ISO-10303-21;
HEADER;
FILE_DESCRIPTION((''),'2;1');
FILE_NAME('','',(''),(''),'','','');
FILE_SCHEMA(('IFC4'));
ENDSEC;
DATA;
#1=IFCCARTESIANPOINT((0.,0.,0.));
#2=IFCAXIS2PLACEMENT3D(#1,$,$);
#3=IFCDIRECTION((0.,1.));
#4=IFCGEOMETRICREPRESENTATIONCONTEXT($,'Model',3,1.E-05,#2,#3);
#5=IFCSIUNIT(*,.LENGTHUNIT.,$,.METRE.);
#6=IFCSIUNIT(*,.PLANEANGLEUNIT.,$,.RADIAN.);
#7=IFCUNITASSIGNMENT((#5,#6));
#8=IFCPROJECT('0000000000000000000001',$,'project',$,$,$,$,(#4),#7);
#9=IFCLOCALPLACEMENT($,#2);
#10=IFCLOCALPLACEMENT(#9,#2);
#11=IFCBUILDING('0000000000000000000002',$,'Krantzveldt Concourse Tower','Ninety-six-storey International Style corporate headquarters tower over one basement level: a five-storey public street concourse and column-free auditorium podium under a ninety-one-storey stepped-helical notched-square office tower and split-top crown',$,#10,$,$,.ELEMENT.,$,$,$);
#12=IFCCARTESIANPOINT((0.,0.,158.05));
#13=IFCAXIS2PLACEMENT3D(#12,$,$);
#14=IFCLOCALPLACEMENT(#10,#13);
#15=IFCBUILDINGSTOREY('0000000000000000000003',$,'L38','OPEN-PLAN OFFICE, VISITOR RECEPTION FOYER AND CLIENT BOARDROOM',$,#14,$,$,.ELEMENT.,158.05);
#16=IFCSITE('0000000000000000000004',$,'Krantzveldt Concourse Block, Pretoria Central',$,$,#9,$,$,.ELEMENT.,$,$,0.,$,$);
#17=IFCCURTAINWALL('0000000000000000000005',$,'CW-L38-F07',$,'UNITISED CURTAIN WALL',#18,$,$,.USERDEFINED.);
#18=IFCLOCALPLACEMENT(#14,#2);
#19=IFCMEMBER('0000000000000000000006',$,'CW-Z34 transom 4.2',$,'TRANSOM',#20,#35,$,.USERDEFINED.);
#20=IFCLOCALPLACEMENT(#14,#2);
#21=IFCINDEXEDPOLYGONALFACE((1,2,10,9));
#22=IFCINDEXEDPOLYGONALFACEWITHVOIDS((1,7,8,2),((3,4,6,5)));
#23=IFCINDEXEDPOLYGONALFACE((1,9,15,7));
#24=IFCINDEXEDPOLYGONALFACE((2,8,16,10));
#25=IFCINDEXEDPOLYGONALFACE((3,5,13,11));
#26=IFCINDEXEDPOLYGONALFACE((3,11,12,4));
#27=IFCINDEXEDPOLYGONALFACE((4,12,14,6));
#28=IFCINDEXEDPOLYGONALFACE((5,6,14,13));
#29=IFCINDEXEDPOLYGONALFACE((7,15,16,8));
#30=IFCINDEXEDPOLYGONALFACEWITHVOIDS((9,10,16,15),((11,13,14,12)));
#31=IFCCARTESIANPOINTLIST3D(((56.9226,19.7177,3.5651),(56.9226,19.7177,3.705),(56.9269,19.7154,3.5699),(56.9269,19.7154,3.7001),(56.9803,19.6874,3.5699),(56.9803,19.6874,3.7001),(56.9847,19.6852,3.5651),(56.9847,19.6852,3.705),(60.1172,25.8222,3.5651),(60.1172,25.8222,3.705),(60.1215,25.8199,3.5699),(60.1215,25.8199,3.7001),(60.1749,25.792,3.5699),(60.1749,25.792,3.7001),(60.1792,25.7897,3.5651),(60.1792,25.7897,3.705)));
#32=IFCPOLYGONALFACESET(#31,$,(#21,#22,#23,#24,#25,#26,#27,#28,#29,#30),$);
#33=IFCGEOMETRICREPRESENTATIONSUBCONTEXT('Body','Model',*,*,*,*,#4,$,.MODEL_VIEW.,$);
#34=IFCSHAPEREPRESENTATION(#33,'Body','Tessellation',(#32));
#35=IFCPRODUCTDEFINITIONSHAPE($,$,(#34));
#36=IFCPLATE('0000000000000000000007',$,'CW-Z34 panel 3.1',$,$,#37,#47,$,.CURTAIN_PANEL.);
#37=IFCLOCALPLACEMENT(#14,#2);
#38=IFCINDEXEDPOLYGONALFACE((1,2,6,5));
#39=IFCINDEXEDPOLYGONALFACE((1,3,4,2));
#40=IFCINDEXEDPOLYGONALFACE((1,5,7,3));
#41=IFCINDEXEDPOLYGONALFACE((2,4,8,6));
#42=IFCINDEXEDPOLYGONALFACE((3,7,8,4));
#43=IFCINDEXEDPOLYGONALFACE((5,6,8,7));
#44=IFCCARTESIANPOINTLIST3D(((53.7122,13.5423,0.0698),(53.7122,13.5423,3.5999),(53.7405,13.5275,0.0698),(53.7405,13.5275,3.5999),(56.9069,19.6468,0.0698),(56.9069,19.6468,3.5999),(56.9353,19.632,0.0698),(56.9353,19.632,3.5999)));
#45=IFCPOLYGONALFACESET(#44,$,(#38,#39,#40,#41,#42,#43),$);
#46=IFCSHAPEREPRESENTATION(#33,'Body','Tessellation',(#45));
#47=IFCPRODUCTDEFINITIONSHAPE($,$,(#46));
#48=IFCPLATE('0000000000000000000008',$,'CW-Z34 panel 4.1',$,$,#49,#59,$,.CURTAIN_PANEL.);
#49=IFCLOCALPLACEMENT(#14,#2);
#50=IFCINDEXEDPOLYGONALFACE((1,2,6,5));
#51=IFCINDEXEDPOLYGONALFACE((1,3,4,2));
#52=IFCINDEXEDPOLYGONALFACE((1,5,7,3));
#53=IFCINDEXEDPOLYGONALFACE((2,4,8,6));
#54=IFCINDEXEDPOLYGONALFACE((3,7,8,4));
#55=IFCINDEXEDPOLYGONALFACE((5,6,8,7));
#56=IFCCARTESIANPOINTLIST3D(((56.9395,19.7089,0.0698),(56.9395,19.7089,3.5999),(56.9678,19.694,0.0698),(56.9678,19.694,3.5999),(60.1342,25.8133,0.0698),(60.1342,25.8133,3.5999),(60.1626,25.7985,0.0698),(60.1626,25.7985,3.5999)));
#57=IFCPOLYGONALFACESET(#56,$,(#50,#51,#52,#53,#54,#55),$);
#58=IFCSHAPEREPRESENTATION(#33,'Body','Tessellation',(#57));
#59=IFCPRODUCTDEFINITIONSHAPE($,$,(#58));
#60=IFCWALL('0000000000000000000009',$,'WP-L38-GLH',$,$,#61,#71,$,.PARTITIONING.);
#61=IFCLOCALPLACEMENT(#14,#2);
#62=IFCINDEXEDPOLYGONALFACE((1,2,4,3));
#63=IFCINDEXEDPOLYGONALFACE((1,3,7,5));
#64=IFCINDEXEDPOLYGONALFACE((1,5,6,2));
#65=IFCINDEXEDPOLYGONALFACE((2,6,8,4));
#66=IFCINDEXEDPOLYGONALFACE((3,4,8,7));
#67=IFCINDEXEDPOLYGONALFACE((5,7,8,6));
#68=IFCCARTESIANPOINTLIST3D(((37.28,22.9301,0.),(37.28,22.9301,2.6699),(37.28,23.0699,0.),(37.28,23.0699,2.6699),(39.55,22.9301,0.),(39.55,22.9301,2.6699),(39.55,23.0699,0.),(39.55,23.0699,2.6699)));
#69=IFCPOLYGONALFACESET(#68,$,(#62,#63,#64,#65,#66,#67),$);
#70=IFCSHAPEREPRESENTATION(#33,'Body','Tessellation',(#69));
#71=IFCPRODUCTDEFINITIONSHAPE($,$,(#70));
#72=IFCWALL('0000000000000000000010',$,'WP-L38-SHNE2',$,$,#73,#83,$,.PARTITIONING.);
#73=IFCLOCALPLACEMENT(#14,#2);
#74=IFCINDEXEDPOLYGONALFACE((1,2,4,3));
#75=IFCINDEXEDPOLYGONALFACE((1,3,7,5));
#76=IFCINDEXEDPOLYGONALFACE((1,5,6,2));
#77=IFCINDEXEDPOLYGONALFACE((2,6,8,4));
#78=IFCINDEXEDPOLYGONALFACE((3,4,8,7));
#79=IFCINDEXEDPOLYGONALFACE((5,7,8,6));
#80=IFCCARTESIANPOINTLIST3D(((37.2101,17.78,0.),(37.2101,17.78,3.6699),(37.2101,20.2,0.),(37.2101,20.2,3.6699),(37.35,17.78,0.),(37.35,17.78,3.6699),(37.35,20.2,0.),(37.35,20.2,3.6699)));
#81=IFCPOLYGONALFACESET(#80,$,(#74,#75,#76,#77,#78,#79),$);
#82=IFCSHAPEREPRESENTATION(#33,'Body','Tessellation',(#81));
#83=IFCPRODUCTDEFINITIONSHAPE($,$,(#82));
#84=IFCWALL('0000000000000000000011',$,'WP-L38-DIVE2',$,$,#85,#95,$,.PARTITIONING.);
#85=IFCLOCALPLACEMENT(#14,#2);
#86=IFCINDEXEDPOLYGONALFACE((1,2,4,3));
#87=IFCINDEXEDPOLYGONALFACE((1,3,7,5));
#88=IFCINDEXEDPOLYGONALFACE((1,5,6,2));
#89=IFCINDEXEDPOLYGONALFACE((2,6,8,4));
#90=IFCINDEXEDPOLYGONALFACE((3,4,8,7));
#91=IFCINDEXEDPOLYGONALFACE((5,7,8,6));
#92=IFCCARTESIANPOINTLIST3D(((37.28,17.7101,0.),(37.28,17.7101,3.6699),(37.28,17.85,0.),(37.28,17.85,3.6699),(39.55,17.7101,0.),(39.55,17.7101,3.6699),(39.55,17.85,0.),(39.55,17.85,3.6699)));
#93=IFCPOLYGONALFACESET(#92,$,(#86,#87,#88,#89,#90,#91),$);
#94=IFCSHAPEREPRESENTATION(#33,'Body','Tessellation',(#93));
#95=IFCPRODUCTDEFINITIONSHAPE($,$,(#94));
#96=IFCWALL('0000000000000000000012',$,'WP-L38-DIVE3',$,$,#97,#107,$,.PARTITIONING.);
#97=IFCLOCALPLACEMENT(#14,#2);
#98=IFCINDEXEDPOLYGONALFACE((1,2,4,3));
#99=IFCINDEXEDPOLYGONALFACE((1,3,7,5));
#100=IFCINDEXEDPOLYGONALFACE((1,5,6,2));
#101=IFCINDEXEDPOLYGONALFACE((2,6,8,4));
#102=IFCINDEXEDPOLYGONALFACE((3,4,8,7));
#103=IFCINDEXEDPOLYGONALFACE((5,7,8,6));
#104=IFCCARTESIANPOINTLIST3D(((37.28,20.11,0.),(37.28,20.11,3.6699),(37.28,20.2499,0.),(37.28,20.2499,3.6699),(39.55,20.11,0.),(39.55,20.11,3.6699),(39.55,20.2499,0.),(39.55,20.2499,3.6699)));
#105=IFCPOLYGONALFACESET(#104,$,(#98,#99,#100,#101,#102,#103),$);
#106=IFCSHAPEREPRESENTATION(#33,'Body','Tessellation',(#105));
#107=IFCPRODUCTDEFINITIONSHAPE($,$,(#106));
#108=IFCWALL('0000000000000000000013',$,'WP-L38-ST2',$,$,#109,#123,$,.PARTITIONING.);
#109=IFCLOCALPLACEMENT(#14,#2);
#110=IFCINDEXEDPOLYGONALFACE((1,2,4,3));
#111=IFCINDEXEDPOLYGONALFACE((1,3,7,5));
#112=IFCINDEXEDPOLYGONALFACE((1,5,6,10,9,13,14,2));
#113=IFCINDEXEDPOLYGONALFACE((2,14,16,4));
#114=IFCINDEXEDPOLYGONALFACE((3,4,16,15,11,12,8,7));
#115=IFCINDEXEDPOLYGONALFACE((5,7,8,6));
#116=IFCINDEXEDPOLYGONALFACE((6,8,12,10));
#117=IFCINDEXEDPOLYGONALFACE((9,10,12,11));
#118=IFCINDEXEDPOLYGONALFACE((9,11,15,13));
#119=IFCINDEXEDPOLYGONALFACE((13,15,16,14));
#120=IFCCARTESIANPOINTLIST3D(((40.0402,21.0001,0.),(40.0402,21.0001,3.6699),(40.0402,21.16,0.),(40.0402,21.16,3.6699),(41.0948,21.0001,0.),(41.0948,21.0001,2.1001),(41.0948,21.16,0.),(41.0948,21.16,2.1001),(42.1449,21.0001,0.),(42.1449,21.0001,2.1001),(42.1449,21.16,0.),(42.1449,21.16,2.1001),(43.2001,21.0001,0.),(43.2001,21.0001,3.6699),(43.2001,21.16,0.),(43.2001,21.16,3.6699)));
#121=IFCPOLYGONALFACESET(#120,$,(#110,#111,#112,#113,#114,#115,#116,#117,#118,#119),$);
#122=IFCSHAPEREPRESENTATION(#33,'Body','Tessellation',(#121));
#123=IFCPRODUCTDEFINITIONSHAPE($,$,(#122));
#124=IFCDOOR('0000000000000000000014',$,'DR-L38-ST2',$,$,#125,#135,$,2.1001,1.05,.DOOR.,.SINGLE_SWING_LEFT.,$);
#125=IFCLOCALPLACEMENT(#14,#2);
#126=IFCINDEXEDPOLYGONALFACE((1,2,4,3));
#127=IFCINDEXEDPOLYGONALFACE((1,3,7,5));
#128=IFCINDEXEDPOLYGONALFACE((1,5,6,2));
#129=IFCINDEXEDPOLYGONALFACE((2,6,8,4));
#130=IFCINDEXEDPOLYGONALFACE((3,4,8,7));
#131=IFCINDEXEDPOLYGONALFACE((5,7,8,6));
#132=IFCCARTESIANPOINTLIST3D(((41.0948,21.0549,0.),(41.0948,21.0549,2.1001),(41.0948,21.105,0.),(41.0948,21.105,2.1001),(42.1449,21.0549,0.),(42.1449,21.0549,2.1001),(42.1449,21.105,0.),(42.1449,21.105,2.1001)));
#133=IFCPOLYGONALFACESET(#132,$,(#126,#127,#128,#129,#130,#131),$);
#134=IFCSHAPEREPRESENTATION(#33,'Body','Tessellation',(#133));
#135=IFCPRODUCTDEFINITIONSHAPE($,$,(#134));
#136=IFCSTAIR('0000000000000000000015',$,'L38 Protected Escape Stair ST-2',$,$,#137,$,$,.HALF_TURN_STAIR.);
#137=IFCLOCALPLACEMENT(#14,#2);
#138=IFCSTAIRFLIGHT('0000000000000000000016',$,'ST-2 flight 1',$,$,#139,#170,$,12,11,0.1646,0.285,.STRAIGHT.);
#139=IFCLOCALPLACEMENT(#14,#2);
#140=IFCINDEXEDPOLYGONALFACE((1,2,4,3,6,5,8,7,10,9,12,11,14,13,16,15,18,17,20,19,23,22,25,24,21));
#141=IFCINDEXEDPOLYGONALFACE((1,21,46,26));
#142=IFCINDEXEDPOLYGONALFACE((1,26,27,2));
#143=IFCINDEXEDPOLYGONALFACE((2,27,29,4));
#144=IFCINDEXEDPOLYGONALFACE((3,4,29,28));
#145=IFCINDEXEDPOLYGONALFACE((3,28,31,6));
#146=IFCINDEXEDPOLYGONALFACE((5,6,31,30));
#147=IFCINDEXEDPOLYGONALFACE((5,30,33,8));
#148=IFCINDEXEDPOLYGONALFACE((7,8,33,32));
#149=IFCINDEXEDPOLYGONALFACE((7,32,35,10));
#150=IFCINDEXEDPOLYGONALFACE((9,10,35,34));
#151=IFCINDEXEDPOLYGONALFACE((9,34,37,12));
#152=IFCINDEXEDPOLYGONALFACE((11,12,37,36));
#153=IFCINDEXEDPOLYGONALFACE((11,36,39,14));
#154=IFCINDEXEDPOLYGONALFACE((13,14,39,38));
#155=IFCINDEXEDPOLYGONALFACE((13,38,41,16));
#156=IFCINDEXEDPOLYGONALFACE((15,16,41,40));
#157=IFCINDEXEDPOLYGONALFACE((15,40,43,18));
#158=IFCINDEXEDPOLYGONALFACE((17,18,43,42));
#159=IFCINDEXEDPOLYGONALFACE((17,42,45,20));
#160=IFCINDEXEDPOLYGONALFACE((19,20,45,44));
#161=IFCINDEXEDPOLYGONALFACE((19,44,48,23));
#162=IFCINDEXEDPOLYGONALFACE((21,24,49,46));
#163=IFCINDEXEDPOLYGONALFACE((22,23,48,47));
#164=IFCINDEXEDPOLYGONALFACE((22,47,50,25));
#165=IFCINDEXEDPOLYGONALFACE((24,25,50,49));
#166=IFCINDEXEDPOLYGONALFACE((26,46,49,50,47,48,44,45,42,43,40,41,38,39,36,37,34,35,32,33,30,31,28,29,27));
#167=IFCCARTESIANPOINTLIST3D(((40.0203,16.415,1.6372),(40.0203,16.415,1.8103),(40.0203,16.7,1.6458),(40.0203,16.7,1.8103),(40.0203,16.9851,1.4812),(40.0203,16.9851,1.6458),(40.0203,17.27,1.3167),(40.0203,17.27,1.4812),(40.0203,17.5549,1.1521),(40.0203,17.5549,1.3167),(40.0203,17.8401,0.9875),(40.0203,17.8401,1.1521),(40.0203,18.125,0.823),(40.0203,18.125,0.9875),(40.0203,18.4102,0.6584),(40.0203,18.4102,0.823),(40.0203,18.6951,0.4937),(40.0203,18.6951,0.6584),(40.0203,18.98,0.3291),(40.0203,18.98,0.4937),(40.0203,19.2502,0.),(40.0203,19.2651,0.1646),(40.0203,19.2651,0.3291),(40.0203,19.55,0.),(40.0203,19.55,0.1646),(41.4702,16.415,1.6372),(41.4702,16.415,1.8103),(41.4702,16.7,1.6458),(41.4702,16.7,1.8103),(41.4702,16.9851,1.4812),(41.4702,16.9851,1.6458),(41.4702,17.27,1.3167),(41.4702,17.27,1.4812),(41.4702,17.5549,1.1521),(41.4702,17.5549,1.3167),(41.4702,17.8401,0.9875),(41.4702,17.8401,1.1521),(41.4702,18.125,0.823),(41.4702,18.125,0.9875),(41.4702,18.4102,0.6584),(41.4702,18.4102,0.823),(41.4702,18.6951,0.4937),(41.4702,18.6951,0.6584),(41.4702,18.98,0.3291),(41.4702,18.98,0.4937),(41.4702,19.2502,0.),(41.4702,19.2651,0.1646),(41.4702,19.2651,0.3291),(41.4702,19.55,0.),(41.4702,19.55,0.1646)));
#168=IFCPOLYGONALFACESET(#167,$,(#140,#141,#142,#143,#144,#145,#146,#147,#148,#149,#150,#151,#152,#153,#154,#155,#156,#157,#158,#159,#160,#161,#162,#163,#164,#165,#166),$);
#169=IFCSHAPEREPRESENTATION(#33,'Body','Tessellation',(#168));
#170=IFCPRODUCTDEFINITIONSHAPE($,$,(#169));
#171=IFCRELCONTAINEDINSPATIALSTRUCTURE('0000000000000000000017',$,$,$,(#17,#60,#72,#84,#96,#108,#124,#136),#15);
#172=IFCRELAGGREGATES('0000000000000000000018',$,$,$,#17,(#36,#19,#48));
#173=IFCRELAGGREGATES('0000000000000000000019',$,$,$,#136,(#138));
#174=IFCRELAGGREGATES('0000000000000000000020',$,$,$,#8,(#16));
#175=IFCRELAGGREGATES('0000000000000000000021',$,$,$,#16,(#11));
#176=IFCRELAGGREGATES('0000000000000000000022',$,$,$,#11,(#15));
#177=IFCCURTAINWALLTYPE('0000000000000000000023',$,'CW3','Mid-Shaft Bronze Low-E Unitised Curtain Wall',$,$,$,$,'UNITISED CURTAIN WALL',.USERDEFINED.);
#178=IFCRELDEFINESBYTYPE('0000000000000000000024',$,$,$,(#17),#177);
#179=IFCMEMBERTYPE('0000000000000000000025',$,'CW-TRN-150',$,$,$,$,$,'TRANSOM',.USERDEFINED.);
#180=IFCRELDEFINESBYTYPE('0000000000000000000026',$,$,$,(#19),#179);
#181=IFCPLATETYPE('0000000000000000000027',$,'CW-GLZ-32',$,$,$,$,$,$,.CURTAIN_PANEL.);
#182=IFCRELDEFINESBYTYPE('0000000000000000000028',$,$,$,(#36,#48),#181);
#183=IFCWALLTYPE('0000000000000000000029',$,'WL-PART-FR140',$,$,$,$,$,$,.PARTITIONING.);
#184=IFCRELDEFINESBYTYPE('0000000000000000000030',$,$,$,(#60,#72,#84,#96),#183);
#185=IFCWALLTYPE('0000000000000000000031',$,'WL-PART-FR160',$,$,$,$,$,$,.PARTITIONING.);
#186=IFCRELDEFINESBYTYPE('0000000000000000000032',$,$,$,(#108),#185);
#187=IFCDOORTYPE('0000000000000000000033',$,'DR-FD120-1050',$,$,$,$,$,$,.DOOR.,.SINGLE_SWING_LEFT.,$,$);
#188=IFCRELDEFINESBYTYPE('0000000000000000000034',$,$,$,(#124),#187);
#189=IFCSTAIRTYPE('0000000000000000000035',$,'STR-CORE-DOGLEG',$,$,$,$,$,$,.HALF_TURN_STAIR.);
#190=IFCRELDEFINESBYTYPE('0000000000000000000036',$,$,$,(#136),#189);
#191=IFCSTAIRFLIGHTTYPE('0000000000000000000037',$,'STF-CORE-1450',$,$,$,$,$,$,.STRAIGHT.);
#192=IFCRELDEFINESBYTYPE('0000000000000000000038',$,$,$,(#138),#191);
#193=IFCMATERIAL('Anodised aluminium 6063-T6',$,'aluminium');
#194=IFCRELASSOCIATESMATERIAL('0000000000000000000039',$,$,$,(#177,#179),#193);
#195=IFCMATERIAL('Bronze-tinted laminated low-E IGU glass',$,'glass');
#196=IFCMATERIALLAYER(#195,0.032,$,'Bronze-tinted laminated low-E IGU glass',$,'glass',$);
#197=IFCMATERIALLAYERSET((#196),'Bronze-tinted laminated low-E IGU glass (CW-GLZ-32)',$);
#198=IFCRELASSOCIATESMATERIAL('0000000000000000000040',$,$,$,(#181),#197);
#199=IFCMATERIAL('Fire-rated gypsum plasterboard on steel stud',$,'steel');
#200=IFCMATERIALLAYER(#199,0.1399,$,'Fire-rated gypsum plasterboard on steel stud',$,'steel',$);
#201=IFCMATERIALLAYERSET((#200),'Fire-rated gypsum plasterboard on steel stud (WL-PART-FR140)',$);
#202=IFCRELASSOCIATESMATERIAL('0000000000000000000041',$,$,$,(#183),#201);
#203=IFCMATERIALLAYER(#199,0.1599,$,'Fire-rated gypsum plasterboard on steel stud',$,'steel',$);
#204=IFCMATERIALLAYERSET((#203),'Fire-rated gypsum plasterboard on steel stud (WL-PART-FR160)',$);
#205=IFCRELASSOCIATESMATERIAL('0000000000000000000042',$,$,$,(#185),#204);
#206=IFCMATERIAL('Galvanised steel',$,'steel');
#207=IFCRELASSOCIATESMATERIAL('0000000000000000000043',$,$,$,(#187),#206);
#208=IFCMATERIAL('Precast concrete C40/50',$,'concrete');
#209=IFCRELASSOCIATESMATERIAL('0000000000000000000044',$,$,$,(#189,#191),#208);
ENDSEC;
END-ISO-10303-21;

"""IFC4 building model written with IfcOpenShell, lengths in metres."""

from ifc_helpers import new_model, si_unit, direction, frame, frame_2d, origin, origin_2d, place, context, subcontext, project, spatial, polyline, rectangle, hollow_rectangle, outline, extrude, source, transform, mapped, material, layer, layer_set, material_profile, profile_set, type_object, type_shapes, element, fill, aggregate, save


model = new_model("IFC4")

# Units and contexts
model_context = context("Model", 3, precision=1e-05, world=origin(), true_north=direction((0.0, 1.0)))
body_context = subcontext(model_context, "Body", "Model", "MODEL_VIEW")
ifc_project = project(units=[si_unit("LENGTHUNIT", "METRE"), si_unit("PLANEANGLEUNIT", "RADIAN")], contexts=[model_context])

# Site, building, storey
site_placement = place(None, origin())
site = spatial("IfcSite", under=ifc_project, at=site_placement, Name="Krantzveldt Concourse Block, Pretoria Central", CompositionType="ELEMENT", RefElevation=0.0)
building_placement = place(site_placement, origin())
building = spatial("IfcBuilding", under=site, at=building_placement, Name="Krantzveldt Concourse Tower", Description="Ninety-six-storey International Style corporate headquarters tower over one basement level: a five-storey public street concourse and column-free auditorium podium under a ninety-one-storey stepped-helical notched-square office tower and split-top crown", CompositionType="ELEMENT")
storey_placement = place(building_placement, frame((0.0, 0.0, 158.05)))
storey = spatial("IfcBuildingStorey", under=building, at=storey_placement, Name="L38", Description="OPEN-PLAN OFFICE, VISITOR RECEPTION FOYER AND CLIENT BOARDROOM", CompositionType="ELEMENT", Elevation=158.05)

# Curtain wall, member, plates
ifc_material_1 = material(Name="Anodised aluminium 6063-T6", Category="aluminium")
curtain_wall_type = type_object("IfcCurtainWallType", Name="CW3", Description="Mid-Shaft Bronze Low-E Unitised Curtain Wall", ElementType="UNITISED CURTAIN WALL", PredefinedType="USERDEFINED", material=ifc_material_1)
curtain_wall_placement = place(storey_placement, origin())
curtain_wall = element("IfcCurtainWall", 1, at=curtain_wall_placement, inside=storey, type_object=curtain_wall_type, Name="CW-L38-F07", ObjectType="UNITISED CURTAIN WALL", PredefinedType="USERDEFINED")
ifc_material_profile_1 = material_profile(ifc_material_1, hollow_rectangle(XDim=0.0701, YDim=0.1399, WallThickness=0.0049, at=origin_2d()), Name="Anodised aluminium 6063-T6", Category="aluminium")
ifc_profile_set_1 = profile_set([ifc_material_profile_1], Name="Anodised aluminium 6063-T6 - ALU-TRAN 140x70x5")
member_type_1 = type_object("IfcMemberType", Name="CW-TRN-150", ElementType="TRANSOM", PredefinedType="USERDEFINED", material=ifc_profile_set_1)
shared_shape_1 = source(origin(), body_context, "Body", "SweptSolid", [
    extrude(hollow_rectangle(XDim=0.0701, YDim=0.1399, WallThickness=0.0049, at=origin_2d()), origin(), (0.0, 0.0, 1.0), 6.8899),
])
member_1_placement = place(storey_placement, frame((56.9536, 19.7014, 3.635), z_axis=(0.463664, 0.886011, 0.0), x_axis=(-0.886011, 0.463664, 0.0)))
member_1 = element("IfcMember", 2, at=member_1_placement, type_object=member_type_1, Name="CW-Z34 transom 4.2", ObjectType="TRANSOM", PredefinedType="USERDEFINED", context=body_context, shape_type="MappedRepresentation", body=[
    mapped(shared_shape_1, transform((0.0, 0.0, 0.0), x_axis=(1.0, 0.0, 0.0), y_axis=(0.0, 1.0, 0.0), z_axis=(0.0, 0.0, 1.0), scale=1.0)),
])
ifc_material_2 = material(Name="Bronze-tinted laminated low-E IGU glass", Category="glass")
ifc_layer_1 = layer(ifc_material_2, 0.032, Name="Bronze-tinted laminated low-E IGU glass", Category="glass")
ifc_layer_set_1 = layer_set([ifc_layer_1], Name="Bronze-tinted laminated low-E IGU glass (CW-GLZ-32)")
plate_type = type_object("IfcPlateType", Name="CW-GLZ-32", PredefinedType="CURTAIN_PANEL", material=ifc_layer_set_1)
shared_shape_2 = source(origin(), body_context, "Body", "SweptSolid", [
    extrude(rectangle(XDim=6.8899, YDim=0.032, at=origin_2d()), origin(), (0.0, 0.0, 1.0), 3.53),
])
type_shapes(plate_type, [shared_shape_2])
plate_1_placement = place(storey_placement, frame((55.3237, 16.5872, 0.0698), z_axis=(0.0, 0.0, 1.0), x_axis=(0.463683, 0.886001, 0.0)))
plate_1 = element("IfcPlate", 3, at=plate_1_placement, type_object=plate_type, Name="CW-Z34 panel 3.1", PredefinedType="CURTAIN_PANEL", context=body_context, shape_type="MappedRepresentation", body=[
    mapped(shared_shape_2, transform((0.0, 0.0, 0.0), x_axis=(1.0, 0.0, 0.0), y_axis=(0.0, 1.0, 0.0), z_axis=(0.0, 0.0, 1.0), scale=1.0)),
])
plate_2_placement = place(storey_placement, frame((58.551, 22.7537, 0.0698), z_axis=(0.0, 0.0, 1.0), x_axis=(0.463683, 0.886001, 0.0)))
plate_2 = element("IfcPlate", 4, at=plate_2_placement, type_object=plate_type, Name="CW-Z34 panel 4.1", PredefinedType="CURTAIN_PANEL", context=body_context, shape_type="MappedRepresentation", body=[
    mapped(shared_shape_2, transform((0.0, 0.0, 0.0), x_axis=(1.0, 0.0, 0.0), y_axis=(0.0, 1.0, 0.0), z_axis=(0.0, 0.0, 1.0), scale=1.0)),
])
aggregate(curtain_wall, [plate_1, member_1, plate_2])

# Shared definitions
ifc_material_3 = material(Name="Fire-rated gypsum plasterboard on steel stud", Category="steel")
ifc_layer_2 = layer(ifc_material_3, 0.1399, Name="Fire-rated gypsum plasterboard on steel stud", Category="steel")
ifc_layer_set_2 = layer_set([ifc_layer_2], Name="Fire-rated gypsum plasterboard on steel stud (WL-PART-FR140)")
wall_type_1 = type_object("IfcWallType", Name="WL-PART-FR140", PredefinedType="PARTITIONING", material=ifc_layer_set_2)

# Walls
wall_1_placement = place(storey_placement, frame((37.28, 23.0, 0.0), z_axis=(0.0, 0.0, 1.0), x_axis=(1.0, 0.0, 0.0)))
element("IfcWall", 5, at=wall_1_placement, inside=storey, type_object=wall_type_1, Name="WP-L38-GLH", PredefinedType="PARTITIONING", context=body_context, shape_type="SweptSolid", body=[
    extrude(rectangle(XDim=2.27, YDim=0.1399, at=frame_2d((1.135, 0.0))), origin(), (0.0, 0.0, 1.0), 2.6699),
])
wall_2_placement = place(storey_placement, frame((37.28, 17.78, 0.0), z_axis=(0.0, 0.0, 1.0), x_axis=(0.0, 1.0, 0.0)))
element("IfcWall", 6, at=wall_2_placement, inside=storey, type_object=wall_type_1, Name="WP-L38-SHNE2", PredefinedType="PARTITIONING", context=body_context, shape_type="SweptSolid", body=[
    extrude(rectangle(XDim=2.4199, YDim=0.1399, at=frame_2d((1.21, 0.0))), origin(), (0.0, 0.0, 1.0), 3.6699),
])
for number, where, z_axis, x_axis, name in (
    (7, (37.28, 17.78, 0.0), (0.0, 0.0, 1.0), (1.0, 0.0, 0.0), "WP-L38-DIVE2"),
    (8, (37.28, 20.1799, 0.0), (0.0, 0.0, 1.0), (1.0, 0.0, 0.0), "WP-L38-DIVE3"),
):
    element("IfcWall", number, at=place(storey_placement, frame(where, z_axis=z_axis, x_axis=x_axis)), inside=storey, type_object=wall_type_1, Name=name, PredefinedType="PARTITIONING", context=body_context, shape_type="SweptSolid", body=[
        extrude(rectangle(XDim=2.27, YDim=0.1399, at=frame_2d((1.135, 0.0))), origin(), (0.0, 0.0, 1.0), 3.6699),
    ])

# Wall, opening, door
ifc_layer_3 = layer(ifc_material_3, 0.1599, Name="Fire-rated gypsum plasterboard on steel stud", Category="steel")
ifc_layer_set_3 = layer_set([ifc_layer_3], Name="Fire-rated gypsum plasterboard on steel stud (WL-PART-FR160)")
wall_type_2 = type_object("IfcWallType", Name="WL-PART-FR160", PredefinedType="PARTITIONING", material=ifc_layer_set_3)
wall_3_placement = place(storey_placement, frame((40.04, 21.0801, 0.0), z_axis=(0.0, 0.0, 1.0), x_axis=(1.0, 0.0, 0.0)))
wall_3 = element("IfcWall", 9, at=wall_3_placement, inside=storey, type_object=wall_type_2, Name="WP-L38-ST2", PredefinedType="PARTITIONING", context=body_context, shape_type="SweptSolid", body=[
    extrude(rectangle(XDim=3.1599, YDim=0.1599, at=frame_2d((1.5801, 0.0))), origin(), (0.0, 0.0, 1.0), 3.6699),
])
opening_1_placement = place(wall_3_placement, frame((1.0549, 0.0, 0.0)))
opening_1 = element("IfcOpeningElement", 10, at=opening_1_placement, cuts=wall_3, PredefinedType="OPENING", context=body_context, shape_type="SweptSolid", body=[
    extrude(rectangle(XDim=1.05, YDim=2.1001, at=frame_2d((0.5249, 1.05))), frame((0.0, 0.0898, 0.0), z_axis=(0.0, -1.0, 0.0), x_axis=(1.0, 0.0, 0.0)), (0.0, 0.0, 1.0), 0.1799),
])
ifc_material_4 = material(Name="Galvanised steel", Category="steel")
door_type_1 = type_object("IfcDoorType", Name="DR-FD120-1050", OperationType="SINGLE_SWING_LEFT", PredefinedType="DOOR", material=ifc_material_4)
door_1_placement = place(opening_1_placement, origin())
door_1 = element("IfcDoor", 11, at=door_1_placement, inside=storey, type_object=door_type_1, Name="DR-L38-ST2", OperationType="SINGLE_SWING_LEFT", OverallHeight=2.1001, OverallWidth=1.05, PredefinedType="DOOR", context=body_context, shape_type="SweptSolid", body=[
    extrude(rectangle(XDim=1.05, YDim=2.1001, at=frame_2d((0.5249, 1.05))), frame((0.0, 0.0249, 0.0), z_axis=(0.0, -1.0, 0.0), x_axis=(1.0, 0.0, 0.0)), (0.0, 0.0, 1.0), 0.05),
])
fill(opening_1, door_1)

# Stair, stair flight
ifc_material_5 = material(Name="Precast concrete C40/50", Category="concrete")
stair_type = type_object("IfcStairType", Name="STR-CORE-DOGLEG", PredefinedType="HALF_TURN_STAIR", material=ifc_material_5)
stair_placement = place(storey_placement, origin())
stair = element("IfcStair", 12, at=stair_placement, inside=storey, type_object=stair_type, Name="L38 Protected Escape Stair ST-2", PredefinedType="HALF_TURN_STAIR")
stair_flight_type = type_object("IfcStairFlightType", Name="STF-CORE-1450", PredefinedType="STRAIGHT", material=ifc_material_5)
stair_flight_1_placement = place(storey_placement, frame((40.7451, 19.55, 0.0), z_axis=(0.0, 0.0, 1.0), x_axis=(0.0, -1.0, 0.0)))
stair_flight_1 = element("IfcStairFlight", 13, at=stair_flight_1_placement, type_object=stair_flight_type, Name="ST-2 flight 1", NumberOfRisers=12, NumberOfTreads=11, PredefinedType="STRAIGHT", RiserHeight=0.1646, TreadLength=0.285, context=body_context, shape_type="SweptSolid", body=[
    extrude(outline(polyline([(0.0, 0.0), (0.0, 0.1646), (0.2849, 0.1646), (0.2849, 0.3291), (0.5701, 0.3291), (0.5701, 0.4937), (0.855, 0.4937), (0.855, 0.6584), (1.1399, 0.6584), (1.1399, 0.823), (1.425, 0.823), (1.425, 0.9875), (1.71, 0.9875), (1.71, 1.1521), (1.9951, 1.1521), (1.9951, 1.3167), (2.28, 1.3167), (2.28, 1.4812), (2.5649, 1.4812), (2.5649, 1.6458), (2.8501, 1.6458), (2.8501, 1.8103), (3.135, 1.8103), (3.135, 1.9751), (3.135, 1.6372), (0.2998, 0.0), (0.0, 0.0)])), frame((0.0, 0.7251, 0.0), z_axis=(0.0, -1.0, 0.0), x_axis=(1.0, 0.0, 0.0)), (0.0, 0.0, 1.0), 1.45),
])
aggregate(stair, [stair_flight_1])

save(model, "model.ifc")
